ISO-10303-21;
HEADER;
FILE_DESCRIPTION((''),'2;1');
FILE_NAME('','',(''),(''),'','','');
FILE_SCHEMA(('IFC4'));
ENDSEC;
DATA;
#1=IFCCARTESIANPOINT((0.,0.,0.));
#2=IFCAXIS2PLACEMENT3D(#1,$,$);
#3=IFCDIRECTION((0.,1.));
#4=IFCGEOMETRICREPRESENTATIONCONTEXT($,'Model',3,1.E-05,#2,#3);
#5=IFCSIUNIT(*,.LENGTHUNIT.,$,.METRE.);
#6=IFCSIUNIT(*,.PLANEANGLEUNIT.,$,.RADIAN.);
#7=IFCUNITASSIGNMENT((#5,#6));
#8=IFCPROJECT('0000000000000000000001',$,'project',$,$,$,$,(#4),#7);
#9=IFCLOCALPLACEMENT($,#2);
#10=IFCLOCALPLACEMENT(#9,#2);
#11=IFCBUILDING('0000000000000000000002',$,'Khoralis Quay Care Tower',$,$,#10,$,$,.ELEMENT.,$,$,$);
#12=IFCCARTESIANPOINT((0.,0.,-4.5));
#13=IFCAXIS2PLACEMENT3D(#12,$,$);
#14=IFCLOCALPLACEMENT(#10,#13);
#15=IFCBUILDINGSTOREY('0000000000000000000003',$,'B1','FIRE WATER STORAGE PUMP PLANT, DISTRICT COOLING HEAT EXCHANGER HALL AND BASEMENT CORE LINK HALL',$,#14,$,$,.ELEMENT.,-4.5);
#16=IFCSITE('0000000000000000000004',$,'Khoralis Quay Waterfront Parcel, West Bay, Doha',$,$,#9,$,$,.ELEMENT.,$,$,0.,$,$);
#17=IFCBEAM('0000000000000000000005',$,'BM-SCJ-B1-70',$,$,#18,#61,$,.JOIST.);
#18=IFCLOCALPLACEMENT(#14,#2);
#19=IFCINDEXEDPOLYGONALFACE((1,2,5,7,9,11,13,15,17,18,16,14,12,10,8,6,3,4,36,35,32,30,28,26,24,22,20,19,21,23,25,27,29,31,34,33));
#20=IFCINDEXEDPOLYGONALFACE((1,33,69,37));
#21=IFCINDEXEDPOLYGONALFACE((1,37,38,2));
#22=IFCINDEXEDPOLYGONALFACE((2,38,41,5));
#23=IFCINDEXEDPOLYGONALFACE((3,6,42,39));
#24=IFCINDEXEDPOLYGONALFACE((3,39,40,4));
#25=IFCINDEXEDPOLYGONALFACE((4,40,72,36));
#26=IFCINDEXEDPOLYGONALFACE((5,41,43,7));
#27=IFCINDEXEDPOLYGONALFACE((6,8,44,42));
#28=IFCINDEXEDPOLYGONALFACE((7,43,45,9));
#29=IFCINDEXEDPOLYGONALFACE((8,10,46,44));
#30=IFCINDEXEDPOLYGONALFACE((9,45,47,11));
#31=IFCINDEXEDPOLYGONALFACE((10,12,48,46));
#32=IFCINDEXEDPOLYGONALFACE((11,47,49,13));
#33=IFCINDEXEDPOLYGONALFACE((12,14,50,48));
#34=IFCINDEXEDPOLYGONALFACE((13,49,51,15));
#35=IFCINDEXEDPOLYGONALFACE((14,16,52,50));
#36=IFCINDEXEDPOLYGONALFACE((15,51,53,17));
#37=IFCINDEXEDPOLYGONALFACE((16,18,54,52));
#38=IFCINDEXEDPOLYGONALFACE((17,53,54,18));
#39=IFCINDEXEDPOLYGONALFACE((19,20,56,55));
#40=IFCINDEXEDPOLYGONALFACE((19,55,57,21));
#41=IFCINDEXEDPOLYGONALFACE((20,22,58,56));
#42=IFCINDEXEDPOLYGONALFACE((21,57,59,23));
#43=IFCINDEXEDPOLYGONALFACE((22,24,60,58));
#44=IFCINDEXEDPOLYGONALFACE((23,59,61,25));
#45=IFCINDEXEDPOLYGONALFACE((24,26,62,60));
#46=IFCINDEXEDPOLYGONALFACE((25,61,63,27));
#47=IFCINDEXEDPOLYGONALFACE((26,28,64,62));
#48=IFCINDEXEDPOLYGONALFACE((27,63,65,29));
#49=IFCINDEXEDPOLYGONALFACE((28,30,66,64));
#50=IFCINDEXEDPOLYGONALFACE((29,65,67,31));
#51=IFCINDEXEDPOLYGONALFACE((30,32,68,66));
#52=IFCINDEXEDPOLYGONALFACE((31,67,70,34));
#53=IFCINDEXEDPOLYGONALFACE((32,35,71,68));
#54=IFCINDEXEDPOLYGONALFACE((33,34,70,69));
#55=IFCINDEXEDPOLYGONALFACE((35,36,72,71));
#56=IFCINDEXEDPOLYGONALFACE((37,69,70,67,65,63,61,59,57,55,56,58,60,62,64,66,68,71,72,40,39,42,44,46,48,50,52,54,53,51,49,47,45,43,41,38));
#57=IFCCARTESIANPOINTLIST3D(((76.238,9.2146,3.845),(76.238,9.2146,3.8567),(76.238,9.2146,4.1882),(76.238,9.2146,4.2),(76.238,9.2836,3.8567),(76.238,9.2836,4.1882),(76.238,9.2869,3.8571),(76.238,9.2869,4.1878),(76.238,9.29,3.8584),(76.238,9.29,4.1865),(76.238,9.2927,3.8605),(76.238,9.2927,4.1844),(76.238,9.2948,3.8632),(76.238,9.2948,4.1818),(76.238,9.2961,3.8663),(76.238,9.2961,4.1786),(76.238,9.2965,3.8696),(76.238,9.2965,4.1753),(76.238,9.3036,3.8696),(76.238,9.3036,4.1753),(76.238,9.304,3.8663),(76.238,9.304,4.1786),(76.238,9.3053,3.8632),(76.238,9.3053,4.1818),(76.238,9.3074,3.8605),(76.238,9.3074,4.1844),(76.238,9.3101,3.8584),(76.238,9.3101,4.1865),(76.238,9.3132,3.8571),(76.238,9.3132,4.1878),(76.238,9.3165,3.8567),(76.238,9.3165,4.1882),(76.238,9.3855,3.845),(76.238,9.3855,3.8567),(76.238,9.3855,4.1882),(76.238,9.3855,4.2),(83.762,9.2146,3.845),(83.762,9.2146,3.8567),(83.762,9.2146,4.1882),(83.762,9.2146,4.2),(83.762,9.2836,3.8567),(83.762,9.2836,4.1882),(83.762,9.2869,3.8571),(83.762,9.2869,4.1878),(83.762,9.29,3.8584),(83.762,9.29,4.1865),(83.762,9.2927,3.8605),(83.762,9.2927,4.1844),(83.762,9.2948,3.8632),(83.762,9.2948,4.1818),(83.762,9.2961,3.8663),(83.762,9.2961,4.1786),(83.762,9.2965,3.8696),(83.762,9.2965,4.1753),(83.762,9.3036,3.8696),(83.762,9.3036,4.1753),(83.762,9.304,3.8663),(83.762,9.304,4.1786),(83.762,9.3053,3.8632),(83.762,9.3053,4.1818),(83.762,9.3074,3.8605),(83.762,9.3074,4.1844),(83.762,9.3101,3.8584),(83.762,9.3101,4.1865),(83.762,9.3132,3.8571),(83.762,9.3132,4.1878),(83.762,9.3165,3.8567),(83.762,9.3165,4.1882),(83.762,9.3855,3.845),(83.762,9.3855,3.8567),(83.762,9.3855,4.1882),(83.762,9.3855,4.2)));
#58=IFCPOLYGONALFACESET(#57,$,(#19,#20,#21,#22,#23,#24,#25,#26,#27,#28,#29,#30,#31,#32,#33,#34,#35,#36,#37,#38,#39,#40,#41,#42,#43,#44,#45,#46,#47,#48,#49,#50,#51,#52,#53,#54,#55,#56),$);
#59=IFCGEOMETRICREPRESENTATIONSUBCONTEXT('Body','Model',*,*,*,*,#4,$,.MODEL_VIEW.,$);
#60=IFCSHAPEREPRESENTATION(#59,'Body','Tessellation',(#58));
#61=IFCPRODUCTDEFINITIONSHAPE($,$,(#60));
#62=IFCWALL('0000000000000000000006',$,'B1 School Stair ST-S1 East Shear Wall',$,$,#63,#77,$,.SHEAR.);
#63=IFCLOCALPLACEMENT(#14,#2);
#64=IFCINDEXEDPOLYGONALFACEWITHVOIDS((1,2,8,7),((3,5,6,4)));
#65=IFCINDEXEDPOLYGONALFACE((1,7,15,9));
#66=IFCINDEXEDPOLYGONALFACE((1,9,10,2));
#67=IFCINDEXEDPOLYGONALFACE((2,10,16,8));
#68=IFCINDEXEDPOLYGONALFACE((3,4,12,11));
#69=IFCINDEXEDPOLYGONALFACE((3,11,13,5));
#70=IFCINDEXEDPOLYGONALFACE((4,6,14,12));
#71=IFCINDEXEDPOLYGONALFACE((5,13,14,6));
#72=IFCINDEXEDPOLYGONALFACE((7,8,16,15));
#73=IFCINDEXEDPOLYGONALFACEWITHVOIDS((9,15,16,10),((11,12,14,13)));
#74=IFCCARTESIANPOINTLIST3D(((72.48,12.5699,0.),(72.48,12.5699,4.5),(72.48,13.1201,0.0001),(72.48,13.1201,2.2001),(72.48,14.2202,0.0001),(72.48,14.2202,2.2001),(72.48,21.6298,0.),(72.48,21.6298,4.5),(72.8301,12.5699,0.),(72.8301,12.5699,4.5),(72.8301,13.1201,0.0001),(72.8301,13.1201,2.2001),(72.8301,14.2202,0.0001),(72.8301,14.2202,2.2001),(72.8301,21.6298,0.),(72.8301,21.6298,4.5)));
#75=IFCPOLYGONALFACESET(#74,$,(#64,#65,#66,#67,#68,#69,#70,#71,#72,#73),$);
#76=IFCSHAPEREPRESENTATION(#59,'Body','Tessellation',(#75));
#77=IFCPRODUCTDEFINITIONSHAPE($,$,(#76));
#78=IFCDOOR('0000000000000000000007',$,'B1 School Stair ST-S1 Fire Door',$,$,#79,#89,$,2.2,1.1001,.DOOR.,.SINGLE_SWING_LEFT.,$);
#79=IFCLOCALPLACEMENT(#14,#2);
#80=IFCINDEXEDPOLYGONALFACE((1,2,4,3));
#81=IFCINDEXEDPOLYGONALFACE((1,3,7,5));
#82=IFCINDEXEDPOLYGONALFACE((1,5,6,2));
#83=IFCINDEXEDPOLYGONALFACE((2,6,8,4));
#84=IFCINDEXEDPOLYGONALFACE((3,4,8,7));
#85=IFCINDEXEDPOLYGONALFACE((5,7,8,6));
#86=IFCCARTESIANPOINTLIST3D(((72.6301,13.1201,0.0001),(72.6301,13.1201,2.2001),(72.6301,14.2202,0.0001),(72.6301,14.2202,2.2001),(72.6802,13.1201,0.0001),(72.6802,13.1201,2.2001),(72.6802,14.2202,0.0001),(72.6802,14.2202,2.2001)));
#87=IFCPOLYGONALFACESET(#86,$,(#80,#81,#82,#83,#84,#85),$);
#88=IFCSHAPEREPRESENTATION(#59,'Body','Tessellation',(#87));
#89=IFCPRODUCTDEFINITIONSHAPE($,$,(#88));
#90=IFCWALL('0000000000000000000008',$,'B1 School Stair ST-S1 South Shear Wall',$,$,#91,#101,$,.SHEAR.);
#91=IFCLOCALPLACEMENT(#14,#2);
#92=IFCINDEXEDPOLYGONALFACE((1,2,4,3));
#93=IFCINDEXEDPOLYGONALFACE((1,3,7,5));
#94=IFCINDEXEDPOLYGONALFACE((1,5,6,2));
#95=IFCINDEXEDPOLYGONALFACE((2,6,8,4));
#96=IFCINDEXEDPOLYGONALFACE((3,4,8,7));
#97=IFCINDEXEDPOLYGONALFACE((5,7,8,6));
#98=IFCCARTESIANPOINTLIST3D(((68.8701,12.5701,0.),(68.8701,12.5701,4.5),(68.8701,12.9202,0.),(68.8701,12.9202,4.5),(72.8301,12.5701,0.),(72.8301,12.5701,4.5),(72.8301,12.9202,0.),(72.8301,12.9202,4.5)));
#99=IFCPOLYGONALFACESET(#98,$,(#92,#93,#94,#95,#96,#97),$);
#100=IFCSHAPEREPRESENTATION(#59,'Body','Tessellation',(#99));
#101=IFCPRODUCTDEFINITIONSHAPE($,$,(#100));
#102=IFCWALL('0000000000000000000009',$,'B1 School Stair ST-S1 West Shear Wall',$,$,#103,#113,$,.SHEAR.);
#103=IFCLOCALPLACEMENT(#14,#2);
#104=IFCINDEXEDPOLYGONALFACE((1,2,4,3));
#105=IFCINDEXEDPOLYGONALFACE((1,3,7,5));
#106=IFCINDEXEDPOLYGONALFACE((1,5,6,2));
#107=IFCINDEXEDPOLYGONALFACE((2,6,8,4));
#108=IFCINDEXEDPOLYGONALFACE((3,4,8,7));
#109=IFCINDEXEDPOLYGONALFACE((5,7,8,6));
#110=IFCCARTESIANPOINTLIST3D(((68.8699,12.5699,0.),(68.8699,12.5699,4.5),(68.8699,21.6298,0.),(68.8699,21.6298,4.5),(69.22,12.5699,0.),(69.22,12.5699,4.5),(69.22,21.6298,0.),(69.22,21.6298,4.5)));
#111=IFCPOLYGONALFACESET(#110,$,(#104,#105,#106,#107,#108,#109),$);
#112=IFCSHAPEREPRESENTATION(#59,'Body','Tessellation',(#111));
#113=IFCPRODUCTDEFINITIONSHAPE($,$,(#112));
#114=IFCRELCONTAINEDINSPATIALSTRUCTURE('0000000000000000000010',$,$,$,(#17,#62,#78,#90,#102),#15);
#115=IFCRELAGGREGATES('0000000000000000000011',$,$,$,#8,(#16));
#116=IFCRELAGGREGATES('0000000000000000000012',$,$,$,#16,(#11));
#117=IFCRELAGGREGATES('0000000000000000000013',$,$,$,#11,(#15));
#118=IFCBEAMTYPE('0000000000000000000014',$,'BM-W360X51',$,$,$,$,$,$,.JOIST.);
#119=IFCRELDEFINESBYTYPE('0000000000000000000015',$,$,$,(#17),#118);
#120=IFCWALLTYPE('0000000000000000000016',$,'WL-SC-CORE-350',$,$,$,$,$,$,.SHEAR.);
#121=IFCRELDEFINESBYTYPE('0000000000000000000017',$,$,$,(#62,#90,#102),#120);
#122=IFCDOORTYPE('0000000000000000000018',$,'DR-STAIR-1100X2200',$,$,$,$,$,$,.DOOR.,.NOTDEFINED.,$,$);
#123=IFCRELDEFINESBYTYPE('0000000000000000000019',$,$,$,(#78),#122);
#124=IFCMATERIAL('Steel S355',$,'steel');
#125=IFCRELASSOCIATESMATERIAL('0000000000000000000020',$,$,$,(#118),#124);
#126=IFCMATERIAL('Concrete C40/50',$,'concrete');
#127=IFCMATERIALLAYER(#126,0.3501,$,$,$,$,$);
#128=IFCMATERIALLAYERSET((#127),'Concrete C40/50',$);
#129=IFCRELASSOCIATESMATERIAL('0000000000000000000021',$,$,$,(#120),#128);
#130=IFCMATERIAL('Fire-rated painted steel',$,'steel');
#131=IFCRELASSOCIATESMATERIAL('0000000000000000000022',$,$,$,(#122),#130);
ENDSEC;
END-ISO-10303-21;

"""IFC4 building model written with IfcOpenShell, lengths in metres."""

from ifc_helpers import new_model, si_unit, direction, frame, frame_2d, origin, origin_2d, place, context, subcontext, project, spatial, rectangle, i_section, extrude, source, transform, mapped, material, layer, layer_set, material_profile, profile_set, type_object, element, fill, save


model = new_model("IFC4")

# Units and contexts
model_context = context("Model", 3, precision=1e-05, world=origin(), true_north=direction((0.0, 1.0)))
body_context = subcontext(model_context, "Body", "Model", "MODEL_VIEW")
ifc_project = project(units=[si_unit("LENGTHUNIT", "METRE"), si_unit("PLANEANGLEUNIT", "RADIAN")], contexts=[model_context])

# Site, building, storey
site_placement = place(None, origin())
site = spatial("IfcSite", under=ifc_project, at=site_placement, Name="Khoralis Quay Waterfront Parcel, West Bay, Doha", CompositionType="ELEMENT", RefElevation=0.0)
building_placement = place(site_placement, origin())
building = spatial("IfcBuilding", under=site, at=building_placement, Name="Khoralis Quay Care Tower", CompositionType="ELEMENT")
storey_placement = place(building_placement, frame((0.0, 0.0, -4.5)))
storey = spatial("IfcBuildingStorey", under=building, at=storey_placement, Name="B1", Description="FIRE WATER STORAGE PUMP PLANT, DISTRICT COOLING HEAT EXCHANGER HALL AND BASEMENT CORE LINK HALL", CompositionType="ELEMENT", Elevation=-4.5)

# Shared definitions
ifc_material_1 = material(Name="Concrete C40/50", Category="concrete")

# Beam
ifc_material_2 = material(Name="Steel S355", Category="steel")
ifc_material_profile_1 = material_profile(ifc_material_2, i_section(OverallWidth=0.1709, OverallDepth=0.355, WebThickness=0.0071, FlangeThickness=0.0117, FilletRadius=0.0129, at=origin_2d()), Name="Steel S355")
ifc_profile_set_1 = profile_set([ifc_material_profile_1], Name="Steel S355")
beam_type_1 = type_object("IfcBeamType", Name="BM-W360X51", PredefinedType="JOIST", material=ifc_profile_set_1)
shared_shape_1 = source(origin(), body_context, "Body", "SweptSolid", [
    extrude(i_section(OverallWidth=0.1709, OverallDepth=0.355, WebThickness=0.0071, FlangeThickness=0.0117, FilletRadius=0.0129, at=origin_2d()), origin(), (0.0, 0.0, 1.0), 7.5239),
])
beam_1_placement = place(storey_placement, frame((76.238, 9.3, 4.0225), z_axis=(1.0, 0.0, 0.0), x_axis=(0.0, 1.0, 0.0)))
element("IfcBeam", 1, at=beam_1_placement, inside=storey, type_object=beam_type_1, Name="BM-SCJ-B1-70", PredefinedType="JOIST", context=body_context, shape_type="MappedRepresentation", body=[
    mapped(shared_shape_1, transform((0.0, 0.0, 0.0), scale=1.0)),
])

# Wall, opening, door
ifc_layer = layer(ifc_material_1, 0.3501)
ifc_layer_set = layer_set([ifc_layer], Name="Concrete C40/50")
wall_type = type_object("IfcWallType", Name="WL-SC-CORE-350", PredefinedType="SHEAR", material=ifc_layer_set)
wall_1_placement = place(storey_placement, frame((72.655, 12.5701, 0.0), z_axis=(0.0, 0.0, 1.0), x_axis=(0.0, 1.0, 0.0)))
wall_1 = element("IfcWall", 2, at=wall_1_placement, inside=storey, type_object=wall_type, Name="B1 School Stair ST-S1 East Shear Wall", PredefinedType="SHEAR", context=body_context, shape_type="SweptSolid", body=[
    extrude(rectangle(XDim=9.0598, YDim=0.3501, at=frame_2d((4.5298, 0.0))), origin(), (0.0, 0.0, 1.0), 4.5),
])
opening_placement = place(wall_1_placement, frame((0.55, 0.0, 0.0)))
opening = element("IfcOpeningElement", 3, at=opening_placement, cuts=wall_1, PredefinedType="OPENING", context=body_context, shape_type="SweptSolid", body=[
    extrude(rectangle(XDim=1.1001, YDim=2.2, at=frame_2d((0.55, 1.1001))), frame((0.0, 0.1851, 0.0), z_axis=(0.0, -1.0, 0.0), x_axis=(1.0, 0.0, 0.0)), (0.0, 0.0, 1.0), 0.3701),
])
ifc_material_3 = material(Name="Fire-rated painted steel", Category="steel")
door_type = type_object("IfcDoorType", Name="DR-STAIR-1100X2200", OperationType="NOTDEFINED", PredefinedType="DOOR", material=ifc_material_3)
shared_shape_2 = source(origin(), body_context, "Body", "SweptSolid", [
    extrude(rectangle(XDim=1.1001, YDim=2.2, at=frame_2d((0.55, 1.1001))), frame((0.0, 0.0249, 0.0), z_axis=(0.0, -1.0, 0.0), x_axis=(1.0, 0.0, 0.0)), (0.0, 0.0, 1.0), 0.05),
])
door_placement = place(opening_placement, origin())
door = element("IfcDoor", 4, at=door_placement, inside=storey, type_object=door_type, Name="B1 School Stair ST-S1 Fire Door", OperationType="SINGLE_SWING_LEFT", OverallHeight=2.2, OverallWidth=1.1001, PredefinedType="DOOR", context=body_context, shape_type="MappedRepresentation", body=[
    mapped(shared_shape_2, transform((0.0, 0.0, 0.0), scale=1.0)),
])
fill(opening, door)

# Walls
wall_2_placement = place(storey_placement, frame((68.8701, 12.7451, 0.0), z_axis=(0.0, 0.0, 1.0), x_axis=(1.0, 0.0, 0.0)))
element("IfcWall", 5, at=wall_2_placement, inside=storey, type_object=wall_type, Name="B1 School Stair ST-S1 South Shear Wall", PredefinedType="SHEAR", context=body_context, shape_type="SweptSolid", body=[
    extrude(rectangle(XDim=3.96, YDim=0.3501, at=frame_2d((1.98, 0.0))), origin(), (0.0, 0.0, 1.0), 4.5),
])
wall_3_placement = place(storey_placement, frame((69.0449, 12.5701, 0.0), z_axis=(0.0, 0.0, 1.0), x_axis=(0.0, 1.0, 0.0)))
element("IfcWall", 6, at=wall_3_placement, inside=storey, type_object=wall_type, Name="B1 School Stair ST-S1 West Shear Wall", PredefinedType="SHEAR", context=body_context, shape_type="SweptSolid", body=[
    extrude(rectangle(XDim=9.0598, YDim=0.3501, at=frame_2d((4.5298, 0.0))), origin(), (0.0, 0.0, 1.0), 4.5),
])

save(model, "model.ifc")
